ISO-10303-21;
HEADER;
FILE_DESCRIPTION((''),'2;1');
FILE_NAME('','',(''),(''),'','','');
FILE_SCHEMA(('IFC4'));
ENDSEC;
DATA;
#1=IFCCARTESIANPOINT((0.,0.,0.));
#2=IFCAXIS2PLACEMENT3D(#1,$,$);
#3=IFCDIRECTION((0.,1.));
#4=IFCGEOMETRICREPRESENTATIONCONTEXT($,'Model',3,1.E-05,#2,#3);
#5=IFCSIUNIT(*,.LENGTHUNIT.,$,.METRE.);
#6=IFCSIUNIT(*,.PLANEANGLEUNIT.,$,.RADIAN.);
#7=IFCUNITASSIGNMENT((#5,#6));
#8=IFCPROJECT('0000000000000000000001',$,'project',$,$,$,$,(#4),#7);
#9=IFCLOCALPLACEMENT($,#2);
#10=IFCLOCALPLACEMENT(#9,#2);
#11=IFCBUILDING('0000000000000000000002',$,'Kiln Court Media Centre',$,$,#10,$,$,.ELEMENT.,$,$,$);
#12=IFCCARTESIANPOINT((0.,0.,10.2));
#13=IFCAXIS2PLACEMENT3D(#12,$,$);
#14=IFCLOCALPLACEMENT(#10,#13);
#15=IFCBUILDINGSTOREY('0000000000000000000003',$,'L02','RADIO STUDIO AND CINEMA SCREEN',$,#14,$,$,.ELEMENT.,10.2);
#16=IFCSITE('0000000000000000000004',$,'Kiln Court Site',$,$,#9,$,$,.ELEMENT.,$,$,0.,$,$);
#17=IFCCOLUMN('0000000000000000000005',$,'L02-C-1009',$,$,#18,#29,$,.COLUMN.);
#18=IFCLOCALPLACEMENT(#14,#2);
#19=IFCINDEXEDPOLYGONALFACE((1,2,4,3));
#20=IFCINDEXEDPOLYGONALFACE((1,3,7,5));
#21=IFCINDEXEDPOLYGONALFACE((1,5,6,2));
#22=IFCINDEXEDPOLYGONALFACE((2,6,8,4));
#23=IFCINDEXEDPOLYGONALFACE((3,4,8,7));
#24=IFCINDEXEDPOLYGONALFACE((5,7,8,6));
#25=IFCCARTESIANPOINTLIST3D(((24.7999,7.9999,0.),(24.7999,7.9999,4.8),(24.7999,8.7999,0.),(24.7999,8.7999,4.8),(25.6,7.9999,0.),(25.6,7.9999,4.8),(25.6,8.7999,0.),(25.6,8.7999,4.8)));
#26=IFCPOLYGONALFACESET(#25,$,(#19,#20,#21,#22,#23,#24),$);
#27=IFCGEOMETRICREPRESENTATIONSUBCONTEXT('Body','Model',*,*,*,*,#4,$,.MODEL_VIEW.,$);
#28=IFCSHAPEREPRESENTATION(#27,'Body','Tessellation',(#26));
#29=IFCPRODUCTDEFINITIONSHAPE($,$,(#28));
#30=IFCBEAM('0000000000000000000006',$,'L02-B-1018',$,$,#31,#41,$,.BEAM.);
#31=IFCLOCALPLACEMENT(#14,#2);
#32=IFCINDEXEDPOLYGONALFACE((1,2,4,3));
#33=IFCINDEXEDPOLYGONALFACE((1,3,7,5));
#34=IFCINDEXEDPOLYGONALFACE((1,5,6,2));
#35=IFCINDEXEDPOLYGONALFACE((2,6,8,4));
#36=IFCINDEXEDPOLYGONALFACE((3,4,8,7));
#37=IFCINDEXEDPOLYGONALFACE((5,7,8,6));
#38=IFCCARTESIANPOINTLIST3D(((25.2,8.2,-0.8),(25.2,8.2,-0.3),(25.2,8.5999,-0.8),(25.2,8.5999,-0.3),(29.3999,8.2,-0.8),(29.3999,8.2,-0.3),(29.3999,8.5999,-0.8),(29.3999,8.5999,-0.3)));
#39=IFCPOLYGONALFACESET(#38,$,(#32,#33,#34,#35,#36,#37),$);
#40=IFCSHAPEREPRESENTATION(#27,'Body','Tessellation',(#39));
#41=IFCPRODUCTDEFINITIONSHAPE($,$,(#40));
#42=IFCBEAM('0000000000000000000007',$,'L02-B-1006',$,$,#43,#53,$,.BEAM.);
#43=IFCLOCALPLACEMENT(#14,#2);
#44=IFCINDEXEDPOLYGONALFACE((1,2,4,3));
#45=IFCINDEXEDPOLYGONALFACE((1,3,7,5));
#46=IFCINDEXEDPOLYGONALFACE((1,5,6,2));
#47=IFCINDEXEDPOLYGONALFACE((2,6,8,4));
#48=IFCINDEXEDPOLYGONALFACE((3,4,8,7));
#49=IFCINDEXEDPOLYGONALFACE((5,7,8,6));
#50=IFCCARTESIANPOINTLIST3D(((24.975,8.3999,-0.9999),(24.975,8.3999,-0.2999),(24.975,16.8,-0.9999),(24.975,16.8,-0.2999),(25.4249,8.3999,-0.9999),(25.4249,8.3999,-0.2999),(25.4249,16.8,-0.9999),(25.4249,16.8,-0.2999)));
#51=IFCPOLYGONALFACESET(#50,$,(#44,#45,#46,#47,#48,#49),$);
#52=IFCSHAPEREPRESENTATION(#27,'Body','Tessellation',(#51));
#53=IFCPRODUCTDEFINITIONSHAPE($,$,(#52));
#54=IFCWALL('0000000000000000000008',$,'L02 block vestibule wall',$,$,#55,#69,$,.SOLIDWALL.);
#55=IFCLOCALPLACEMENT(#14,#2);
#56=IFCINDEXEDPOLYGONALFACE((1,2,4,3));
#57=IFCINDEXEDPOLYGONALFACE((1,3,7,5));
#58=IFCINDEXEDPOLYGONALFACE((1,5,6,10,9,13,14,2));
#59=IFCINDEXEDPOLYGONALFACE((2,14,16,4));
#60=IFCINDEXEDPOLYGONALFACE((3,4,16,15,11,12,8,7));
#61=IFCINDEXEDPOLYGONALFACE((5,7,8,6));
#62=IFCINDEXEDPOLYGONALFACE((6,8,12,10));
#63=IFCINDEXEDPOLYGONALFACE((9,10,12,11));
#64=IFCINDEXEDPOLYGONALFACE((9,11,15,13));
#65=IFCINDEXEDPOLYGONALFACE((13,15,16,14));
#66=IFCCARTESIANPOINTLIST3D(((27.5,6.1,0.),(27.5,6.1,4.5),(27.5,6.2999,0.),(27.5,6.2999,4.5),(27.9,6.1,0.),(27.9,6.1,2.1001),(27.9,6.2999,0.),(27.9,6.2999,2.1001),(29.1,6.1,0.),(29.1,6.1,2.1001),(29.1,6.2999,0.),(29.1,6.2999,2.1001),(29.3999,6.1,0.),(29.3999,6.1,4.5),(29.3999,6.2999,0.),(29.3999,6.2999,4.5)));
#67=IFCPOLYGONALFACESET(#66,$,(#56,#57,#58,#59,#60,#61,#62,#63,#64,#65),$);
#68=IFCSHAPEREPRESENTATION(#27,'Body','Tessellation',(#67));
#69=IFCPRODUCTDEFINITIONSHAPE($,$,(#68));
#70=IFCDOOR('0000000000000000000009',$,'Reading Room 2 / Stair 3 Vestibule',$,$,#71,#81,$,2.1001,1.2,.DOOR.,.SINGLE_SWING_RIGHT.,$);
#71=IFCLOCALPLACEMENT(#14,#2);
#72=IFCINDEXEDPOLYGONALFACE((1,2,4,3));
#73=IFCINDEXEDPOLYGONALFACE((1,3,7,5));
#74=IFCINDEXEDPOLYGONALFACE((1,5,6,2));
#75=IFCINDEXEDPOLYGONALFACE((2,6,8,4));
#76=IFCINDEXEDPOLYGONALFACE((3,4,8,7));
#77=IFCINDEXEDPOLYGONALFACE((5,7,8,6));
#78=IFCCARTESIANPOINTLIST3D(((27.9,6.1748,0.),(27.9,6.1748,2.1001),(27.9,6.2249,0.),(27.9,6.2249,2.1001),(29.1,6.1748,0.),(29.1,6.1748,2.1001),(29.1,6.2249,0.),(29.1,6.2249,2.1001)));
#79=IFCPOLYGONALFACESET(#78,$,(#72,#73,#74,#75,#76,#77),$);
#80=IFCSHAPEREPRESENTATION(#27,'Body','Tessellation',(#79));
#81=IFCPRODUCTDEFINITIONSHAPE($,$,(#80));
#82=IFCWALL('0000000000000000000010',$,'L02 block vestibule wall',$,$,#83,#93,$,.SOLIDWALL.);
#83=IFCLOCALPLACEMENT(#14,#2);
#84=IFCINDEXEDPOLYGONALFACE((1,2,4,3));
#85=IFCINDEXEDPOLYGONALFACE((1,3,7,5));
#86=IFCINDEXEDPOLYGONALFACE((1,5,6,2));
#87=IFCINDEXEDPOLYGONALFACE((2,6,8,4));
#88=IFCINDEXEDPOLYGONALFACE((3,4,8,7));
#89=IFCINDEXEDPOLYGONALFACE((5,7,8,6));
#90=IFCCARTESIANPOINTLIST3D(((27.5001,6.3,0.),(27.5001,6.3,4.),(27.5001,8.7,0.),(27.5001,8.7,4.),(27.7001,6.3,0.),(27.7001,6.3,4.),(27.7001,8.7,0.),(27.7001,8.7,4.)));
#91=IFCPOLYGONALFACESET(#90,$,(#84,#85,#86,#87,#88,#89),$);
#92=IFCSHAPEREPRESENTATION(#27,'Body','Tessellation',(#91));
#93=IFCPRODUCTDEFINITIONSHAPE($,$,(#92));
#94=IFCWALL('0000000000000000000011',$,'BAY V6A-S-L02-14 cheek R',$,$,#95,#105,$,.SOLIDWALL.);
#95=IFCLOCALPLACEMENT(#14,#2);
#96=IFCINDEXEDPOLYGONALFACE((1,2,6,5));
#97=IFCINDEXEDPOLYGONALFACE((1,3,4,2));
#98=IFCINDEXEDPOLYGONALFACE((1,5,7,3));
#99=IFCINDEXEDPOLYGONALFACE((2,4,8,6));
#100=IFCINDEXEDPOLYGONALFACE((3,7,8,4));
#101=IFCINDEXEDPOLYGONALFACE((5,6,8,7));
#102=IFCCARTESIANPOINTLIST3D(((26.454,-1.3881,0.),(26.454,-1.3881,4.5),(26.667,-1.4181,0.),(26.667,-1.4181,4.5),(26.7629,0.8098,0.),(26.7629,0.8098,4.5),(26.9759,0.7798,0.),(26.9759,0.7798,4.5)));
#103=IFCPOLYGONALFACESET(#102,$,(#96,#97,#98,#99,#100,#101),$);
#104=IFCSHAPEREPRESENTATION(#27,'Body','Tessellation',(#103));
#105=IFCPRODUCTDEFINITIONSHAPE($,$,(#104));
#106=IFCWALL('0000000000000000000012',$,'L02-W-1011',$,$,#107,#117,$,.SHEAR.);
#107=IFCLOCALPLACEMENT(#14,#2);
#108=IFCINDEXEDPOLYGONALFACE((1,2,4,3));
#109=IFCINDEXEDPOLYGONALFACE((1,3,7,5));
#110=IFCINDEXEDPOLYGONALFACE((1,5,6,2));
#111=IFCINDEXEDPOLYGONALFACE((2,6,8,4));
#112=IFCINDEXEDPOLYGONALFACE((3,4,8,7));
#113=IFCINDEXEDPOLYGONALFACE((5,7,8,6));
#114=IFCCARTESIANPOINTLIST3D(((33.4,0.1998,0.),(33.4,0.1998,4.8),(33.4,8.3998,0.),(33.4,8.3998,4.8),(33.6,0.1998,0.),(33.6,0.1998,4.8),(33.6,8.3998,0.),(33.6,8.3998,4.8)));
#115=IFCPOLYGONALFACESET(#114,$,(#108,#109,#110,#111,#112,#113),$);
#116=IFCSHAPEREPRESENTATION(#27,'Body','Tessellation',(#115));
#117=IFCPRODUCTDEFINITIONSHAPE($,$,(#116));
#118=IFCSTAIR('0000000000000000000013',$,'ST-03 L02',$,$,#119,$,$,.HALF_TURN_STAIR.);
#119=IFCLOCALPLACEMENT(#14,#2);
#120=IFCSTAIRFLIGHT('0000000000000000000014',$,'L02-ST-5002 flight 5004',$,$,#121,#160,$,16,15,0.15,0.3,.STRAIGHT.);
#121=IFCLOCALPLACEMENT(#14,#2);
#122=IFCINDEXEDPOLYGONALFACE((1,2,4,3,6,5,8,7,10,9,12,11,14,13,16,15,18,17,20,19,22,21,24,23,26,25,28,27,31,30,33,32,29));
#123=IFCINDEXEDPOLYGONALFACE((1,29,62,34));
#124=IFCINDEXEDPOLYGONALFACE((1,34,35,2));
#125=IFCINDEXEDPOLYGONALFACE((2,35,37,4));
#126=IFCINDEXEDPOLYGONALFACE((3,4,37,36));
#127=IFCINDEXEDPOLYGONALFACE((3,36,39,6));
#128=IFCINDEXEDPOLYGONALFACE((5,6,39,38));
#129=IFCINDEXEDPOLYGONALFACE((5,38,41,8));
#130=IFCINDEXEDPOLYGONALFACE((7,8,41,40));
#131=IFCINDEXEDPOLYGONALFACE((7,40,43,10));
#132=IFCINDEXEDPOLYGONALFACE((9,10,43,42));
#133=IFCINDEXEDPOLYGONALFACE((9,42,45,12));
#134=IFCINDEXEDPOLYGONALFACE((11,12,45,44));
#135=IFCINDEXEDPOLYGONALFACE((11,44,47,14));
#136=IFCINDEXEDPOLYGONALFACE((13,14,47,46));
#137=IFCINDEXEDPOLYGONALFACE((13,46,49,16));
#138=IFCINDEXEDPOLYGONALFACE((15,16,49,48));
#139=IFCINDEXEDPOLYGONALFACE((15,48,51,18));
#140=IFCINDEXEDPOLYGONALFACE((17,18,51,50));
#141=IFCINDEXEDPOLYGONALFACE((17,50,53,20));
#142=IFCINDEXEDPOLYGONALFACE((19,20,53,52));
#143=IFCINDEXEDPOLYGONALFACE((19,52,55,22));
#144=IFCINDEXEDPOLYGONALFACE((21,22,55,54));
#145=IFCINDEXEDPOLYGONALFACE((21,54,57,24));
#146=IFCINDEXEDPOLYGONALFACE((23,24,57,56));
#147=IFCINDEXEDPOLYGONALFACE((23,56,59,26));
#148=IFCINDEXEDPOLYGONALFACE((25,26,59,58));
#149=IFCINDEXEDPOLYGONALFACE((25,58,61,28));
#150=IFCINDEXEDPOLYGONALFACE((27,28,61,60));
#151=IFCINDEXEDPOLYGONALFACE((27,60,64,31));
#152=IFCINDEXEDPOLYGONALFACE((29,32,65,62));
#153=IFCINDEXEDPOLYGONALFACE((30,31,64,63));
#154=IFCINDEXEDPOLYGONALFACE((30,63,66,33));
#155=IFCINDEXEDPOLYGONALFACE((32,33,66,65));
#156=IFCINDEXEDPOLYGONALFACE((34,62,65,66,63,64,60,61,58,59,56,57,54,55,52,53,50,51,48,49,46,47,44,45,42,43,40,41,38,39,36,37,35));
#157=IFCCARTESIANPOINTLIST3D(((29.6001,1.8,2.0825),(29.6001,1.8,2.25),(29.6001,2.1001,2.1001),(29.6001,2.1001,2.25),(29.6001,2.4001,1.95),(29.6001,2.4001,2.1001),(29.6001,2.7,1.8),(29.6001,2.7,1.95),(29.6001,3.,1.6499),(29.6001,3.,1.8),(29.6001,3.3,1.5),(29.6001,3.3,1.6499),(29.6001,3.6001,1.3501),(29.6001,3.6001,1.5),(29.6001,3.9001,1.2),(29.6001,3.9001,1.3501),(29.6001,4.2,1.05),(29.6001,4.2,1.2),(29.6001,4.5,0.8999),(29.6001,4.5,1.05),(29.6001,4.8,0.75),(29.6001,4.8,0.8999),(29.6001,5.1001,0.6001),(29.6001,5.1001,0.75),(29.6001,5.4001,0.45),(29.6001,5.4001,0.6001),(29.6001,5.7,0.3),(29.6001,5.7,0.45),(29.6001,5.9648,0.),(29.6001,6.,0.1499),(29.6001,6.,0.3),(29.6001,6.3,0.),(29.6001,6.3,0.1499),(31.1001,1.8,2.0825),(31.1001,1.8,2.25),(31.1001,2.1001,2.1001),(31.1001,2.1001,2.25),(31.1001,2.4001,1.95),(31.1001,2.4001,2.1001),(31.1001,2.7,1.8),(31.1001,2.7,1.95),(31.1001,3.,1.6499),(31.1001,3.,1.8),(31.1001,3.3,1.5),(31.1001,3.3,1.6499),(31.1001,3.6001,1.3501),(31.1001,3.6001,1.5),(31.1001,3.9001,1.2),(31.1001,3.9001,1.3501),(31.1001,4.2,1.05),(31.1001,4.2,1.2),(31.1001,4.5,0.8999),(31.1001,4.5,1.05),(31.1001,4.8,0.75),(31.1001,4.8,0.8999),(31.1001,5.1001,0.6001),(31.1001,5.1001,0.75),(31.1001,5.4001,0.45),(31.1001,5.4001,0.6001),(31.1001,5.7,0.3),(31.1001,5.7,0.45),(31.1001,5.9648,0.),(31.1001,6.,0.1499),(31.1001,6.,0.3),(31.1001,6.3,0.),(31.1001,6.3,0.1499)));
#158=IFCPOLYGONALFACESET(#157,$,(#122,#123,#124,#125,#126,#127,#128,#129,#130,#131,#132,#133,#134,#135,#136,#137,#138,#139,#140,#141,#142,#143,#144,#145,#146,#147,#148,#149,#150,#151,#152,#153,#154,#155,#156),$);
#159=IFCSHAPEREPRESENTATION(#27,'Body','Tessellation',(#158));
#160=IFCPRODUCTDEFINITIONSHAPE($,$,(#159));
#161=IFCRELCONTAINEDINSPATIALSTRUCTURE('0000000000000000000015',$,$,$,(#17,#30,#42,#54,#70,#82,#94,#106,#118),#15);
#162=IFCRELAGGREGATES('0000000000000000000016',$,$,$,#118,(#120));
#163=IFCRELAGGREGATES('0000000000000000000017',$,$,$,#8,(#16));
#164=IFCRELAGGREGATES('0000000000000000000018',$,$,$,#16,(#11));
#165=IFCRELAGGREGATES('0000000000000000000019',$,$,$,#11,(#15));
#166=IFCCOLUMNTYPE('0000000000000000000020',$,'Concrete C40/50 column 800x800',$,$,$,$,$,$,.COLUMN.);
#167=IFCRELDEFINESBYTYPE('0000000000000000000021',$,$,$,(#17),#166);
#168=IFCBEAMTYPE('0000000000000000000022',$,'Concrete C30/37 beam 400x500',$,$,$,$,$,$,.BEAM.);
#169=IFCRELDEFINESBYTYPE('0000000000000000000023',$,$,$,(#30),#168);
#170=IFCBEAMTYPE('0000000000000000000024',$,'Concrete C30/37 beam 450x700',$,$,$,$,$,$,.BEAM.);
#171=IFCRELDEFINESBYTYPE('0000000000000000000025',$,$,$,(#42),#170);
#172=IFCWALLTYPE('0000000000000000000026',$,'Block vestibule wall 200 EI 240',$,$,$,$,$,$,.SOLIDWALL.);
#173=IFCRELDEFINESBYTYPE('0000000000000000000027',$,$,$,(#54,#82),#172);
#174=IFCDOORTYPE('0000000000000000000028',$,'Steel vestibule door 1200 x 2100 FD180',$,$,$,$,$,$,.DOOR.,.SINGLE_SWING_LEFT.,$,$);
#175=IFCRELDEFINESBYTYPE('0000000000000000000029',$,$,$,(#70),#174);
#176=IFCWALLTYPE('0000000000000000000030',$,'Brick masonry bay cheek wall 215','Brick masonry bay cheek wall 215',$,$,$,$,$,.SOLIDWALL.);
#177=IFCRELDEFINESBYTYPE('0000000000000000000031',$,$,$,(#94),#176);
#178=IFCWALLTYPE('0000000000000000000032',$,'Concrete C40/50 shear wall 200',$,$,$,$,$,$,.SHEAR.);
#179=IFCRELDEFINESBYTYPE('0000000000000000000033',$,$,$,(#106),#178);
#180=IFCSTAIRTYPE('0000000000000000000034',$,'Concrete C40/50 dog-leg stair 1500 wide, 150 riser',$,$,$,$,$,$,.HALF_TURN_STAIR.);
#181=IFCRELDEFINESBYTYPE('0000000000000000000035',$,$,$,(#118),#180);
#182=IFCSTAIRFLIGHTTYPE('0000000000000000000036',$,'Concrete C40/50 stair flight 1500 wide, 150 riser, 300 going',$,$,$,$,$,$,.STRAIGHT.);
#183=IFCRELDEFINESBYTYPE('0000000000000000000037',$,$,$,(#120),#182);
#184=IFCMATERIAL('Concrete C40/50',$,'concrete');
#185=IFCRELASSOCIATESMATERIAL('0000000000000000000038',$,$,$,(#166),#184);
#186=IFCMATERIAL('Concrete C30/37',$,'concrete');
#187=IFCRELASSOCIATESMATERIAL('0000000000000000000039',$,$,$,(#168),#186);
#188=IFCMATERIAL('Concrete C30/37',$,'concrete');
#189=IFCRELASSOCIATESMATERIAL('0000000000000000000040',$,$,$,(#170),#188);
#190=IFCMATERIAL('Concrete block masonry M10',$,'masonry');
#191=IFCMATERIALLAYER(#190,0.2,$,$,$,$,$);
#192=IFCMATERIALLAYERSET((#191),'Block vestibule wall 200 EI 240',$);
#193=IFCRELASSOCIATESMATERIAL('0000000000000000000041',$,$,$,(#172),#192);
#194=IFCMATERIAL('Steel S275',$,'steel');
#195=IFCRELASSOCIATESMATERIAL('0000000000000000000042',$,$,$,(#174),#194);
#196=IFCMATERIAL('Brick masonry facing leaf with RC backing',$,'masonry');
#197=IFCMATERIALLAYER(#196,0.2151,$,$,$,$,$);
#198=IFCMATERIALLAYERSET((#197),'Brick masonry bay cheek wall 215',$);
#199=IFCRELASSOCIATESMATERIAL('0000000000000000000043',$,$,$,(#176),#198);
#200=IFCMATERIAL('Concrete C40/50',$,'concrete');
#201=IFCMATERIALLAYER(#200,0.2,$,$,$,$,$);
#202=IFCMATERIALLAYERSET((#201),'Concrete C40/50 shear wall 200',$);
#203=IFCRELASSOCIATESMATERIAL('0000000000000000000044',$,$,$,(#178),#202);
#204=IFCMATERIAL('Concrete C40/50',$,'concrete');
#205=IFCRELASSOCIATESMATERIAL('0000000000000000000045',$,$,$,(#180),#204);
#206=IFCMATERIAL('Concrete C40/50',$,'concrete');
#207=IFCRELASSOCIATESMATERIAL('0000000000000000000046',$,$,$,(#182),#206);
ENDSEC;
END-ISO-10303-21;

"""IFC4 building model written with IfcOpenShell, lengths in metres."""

from ifc_helpers import new_model, si_unit, direction, frame, frame_2d, origin, origin_2d, place, context, subcontext, project, spatial, polyline, rectangle, outline, extrude, material, layer, layer_set, material_profile, profile_set, type_object, element, fill, aggregate, save


model = new_model("IFC4")

# Units and contexts
model_context = context("Model", 3, precision=1e-05, world=origin(), true_north=direction((0.0, 1.0)))
body_context = subcontext(model_context, "Body", "Model", "MODEL_VIEW")
ifc_project = project(units=[si_unit("LENGTHUNIT", "METRE"), si_unit("PLANEANGLEUNIT", "RADIAN")], contexts=[model_context])

# Site, building, storey
site_placement = place(None, origin())
site = spatial("IfcSite", under=ifc_project, at=site_placement, Name="Kiln Court Site", CompositionType="ELEMENT", RefElevation=0.0)
building_placement = place(site_placement, origin())
building = spatial("IfcBuilding", under=site, at=building_placement, Name="Kiln Court Media Centre", CompositionType="ELEMENT")
storey_placement = place(building_placement, frame((0.0, 0.0, 10.2)))
storey = spatial("IfcBuildingStorey", under=building, at=storey_placement, Name="L02", Description="RADIO STUDIO AND CINEMA SCREEN", CompositionType="ELEMENT", Elevation=10.2)

# Column
ifc_material_1 = material(Name="Concrete C40/50", Category="concrete")
ifc_material_profile_1 = material_profile(ifc_material_1, rectangle(XDim=0.8, YDim=0.8, at=origin_2d()), Name="RC 800x800")
ifc_profile_set_1 = profile_set([ifc_material_profile_1], Name="Concrete C40/50")
column_type = type_object("IfcColumnType", Name="Concrete C40/50 column 800x800", PredefinedType="COLUMN", material=ifc_profile_set_1)
column_placement = place(storey_placement, frame((25.2, 8.3999, 0.0), z_axis=(0.0, 0.0, 1.0), x_axis=(1.0, 0.0, 0.0)))
element("IfcColumn", 1, at=column_placement, inside=storey, type_object=column_type, Name="L02-C-1009", PredefinedType="COLUMN", context=body_context, shape_type="SweptSolid", body=[
    extrude(rectangle(XDim=0.8, YDim=0.8, at=origin_2d()), origin(), (0.0, 0.0, 1.0), 4.8),
])

# Beams
ifc_material_2 = material(Name="Concrete C30/37", Category="concrete")
ifc_material_profile_2 = material_profile(ifc_material_2, rectangle(XDim=0.3999, YDim=0.5, at=origin_2d()), Name="RC 400x500")
ifc_profile_set_2 = profile_set([ifc_material_profile_2], Name="Concrete C30/37")
beam_type_1 = type_object("IfcBeamType", Name="Concrete C30/37 beam 400x500", PredefinedType="BEAM", material=ifc_profile_set_2)
beam_1_placement = place(storey_placement, frame((25.2, 8.3999, -0.55), z_axis=(1.0, 0.0, 0.0), x_axis=(0.0, 1.0, 0.0)))
element("IfcBeam", 2, at=beam_1_placement, inside=storey, type_object=beam_type_1, Name="L02-B-1018", PredefinedType="BEAM", context=body_context, shape_type="SweptSolid", body=[
    extrude(rectangle(XDim=0.3999, YDim=0.5, at=origin_2d()), origin(), (0.0, 0.0, 1.0), 4.2),
])
ifc_material_3 = material(Name="Concrete C30/37", Category="concrete")
ifc_material_profile_3 = material_profile(ifc_material_3, rectangle(XDim=0.45, YDim=0.7, at=origin_2d()), Name="RC 450x700")
ifc_profile_set_3 = profile_set([ifc_material_profile_3], Name="Concrete C30/37")
beam_type_2 = type_object("IfcBeamType", Name="Concrete C30/37 beam 450x700", PredefinedType="BEAM", material=ifc_profile_set_3)
beam_2_placement = place(storey_placement, frame((25.2, 8.3999, -0.6499), z_axis=(0.0, 1.0, 0.0), x_axis=(-1.0, 0.0, 0.0)))
element("IfcBeam", 3, at=beam_2_placement, inside=storey, type_object=beam_type_2, Name="L02-B-1006", PredefinedType="BEAM", context=body_context, shape_type="SweptSolid", body=[
    extrude(rectangle(XDim=0.45, YDim=0.7, at=origin_2d()), origin(), (0.0, 0.0, 1.0), 8.4001),
])

# Wall, opening, door
ifc_material_4 = material(Name="Concrete block masonry M10", Category="masonry")
ifc_layer_1 = layer(ifc_material_4, 0.2)
ifc_layer_set_1 = layer_set([ifc_layer_1], Name="Block vestibule wall 200 EI 240")
wall_type_1 = type_object("IfcWallType", Name="Block vestibule wall 200 EI 240", PredefinedType="SOLIDWALL", material=ifc_layer_set_1)
wall_1_placement = place(storey_placement, frame((27.5, 6.2, 0.0), z_axis=(0.0, 0.0, 1.0), x_axis=(1.0, 0.0, 0.0)))
wall_1 = element("IfcWall", 4, at=wall_1_placement, inside=storey, type_object=wall_type_1, Name="L02 block vestibule wall", PredefinedType="SOLIDWALL", context=body_context, shape_type="SweptSolid", body=[
    extrude(rectangle(XDim=1.8999, YDim=0.2, at=frame_2d((0.95, 0.0))), origin(), (0.0, 0.0, 1.0), 4.5),
])
opening_placement = place(wall_1_placement, frame((0.3999, 0.0, 0.0)))
opening = element("IfcOpeningElement", 5, at=opening_placement, cuts=wall_1, PredefinedType="OPENING", context=body_context, shape_type="SweptSolid", body=[
    extrude(rectangle(XDim=1.2, YDim=2.1001, at=frame_2d((0.6001, 1.05))), frame((0.0, 0.1099, 0.0), z_axis=(0.0, -1.0, 0.0), x_axis=(1.0, 0.0, 0.0)), (0.0, 0.0, 1.0), 0.22),
])
ifc_material_5 = material(Name="Steel S275", Category="steel")
door_type = type_object("IfcDoorType", Name="Steel vestibule door 1200 x 2100 FD180", OperationType="SINGLE_SWING_LEFT", PredefinedType="DOOR", material=ifc_material_5)
door_placement = place(opening_placement, origin())
door = element("IfcDoor", 6, at=door_placement, inside=storey, type_object=door_type, Name="Reading Room 2 / Stair 3 Vestibule", OperationType="SINGLE_SWING_RIGHT", OverallHeight=2.1001, OverallWidth=1.2, PredefinedType="DOOR", context=body_context, shape_type="SweptSolid", body=[
    extrude(rectangle(XDim=1.2, YDim=2.1001, at=frame_2d((0.6001, 1.05))), frame((0.0, 0.0249, 0.0), z_axis=(0.0, -1.0, 0.0), x_axis=(1.0, 0.0, 0.0)), (0.0, 0.0, 1.0), 0.05),
])
fill(opening, door)

# Walls
wall_2_placement = place(storey_placement, frame((27.6001, 6.3, 0.0), z_axis=(0.0, 0.0, 1.0), x_axis=(0.0, 1.0, 0.0)))
element("IfcWall", 7, at=wall_2_placement, inside=storey, type_object=wall_type_1, Name="L02 block vestibule wall", PredefinedType="SOLIDWALL", context=body_context, shape_type="SweptSolid", body=[
    extrude(rectangle(XDim=2.3999, YDim=0.2, at=frame_2d((1.2, 0.0))), origin(), (0.0, 0.0, 1.0), 4.0),
])
ifc_material_6 = material(Name="Brick masonry facing leaf with RC backing", Category="masonry")
ifc_layer_2 = layer(ifc_material_6, 0.2151)
ifc_layer_set_2 = layer_set([ifc_layer_2], Name="Brick masonry bay cheek wall 215")
wall_type_2 = type_object("IfcWallType", Name="Brick masonry bay cheek wall 215", Description="Brick masonry bay cheek wall 215", PredefinedType="SOLIDWALL", material=ifc_layer_set_2)
wall_3_placement = place(storey_placement, frame((26.8694, 0.7949, 0.0), z_axis=(0.0, 0.0, 1.0), x_axis=(-0.139142, -0.990272, 0.0)))
element("IfcWall", 8, at=wall_3_placement, inside=storey, type_object=wall_type_2, Name="BAY V6A-S-L02-14 cheek R", PredefinedType="SOLIDWALL", context=body_context, shape_type="SweptSolid", body=[
    extrude(rectangle(XDim=2.2195, YDim=0.2151, at=frame_2d((1.1099, 0.0))), origin(), (0.0, 0.0, 1.0), 4.5),
])
ifc_material_7 = material(Name="Concrete C40/50", Category="concrete")
ifc_layer_3 = layer(ifc_material_7, 0.2)
ifc_layer_set_3 = layer_set([ifc_layer_3], Name="Concrete C40/50 shear wall 200")
wall_type_3 = type_object("IfcWallType", Name="Concrete C40/50 shear wall 200", PredefinedType="SHEAR", material=ifc_layer_set_3)
wall_4_placement = place(storey_placement, frame((33.5, 8.3999, 0.0), z_axis=(0.0, 0.0, 1.0), x_axis=(0.0, -1.0, 0.0)))
element("IfcWall", 9, at=wall_4_placement, inside=storey, type_object=wall_type_3, Name="L02-W-1011", PredefinedType="SHEAR", context=body_context, shape_type="SweptSolid", body=[
    extrude(rectangle(XDim=8.2, YDim=0.2, at=frame_2d((4.1001, 0.0))), origin(), (0.0, 0.0, 1.0), 4.8),
])

# Stair, stair flight
ifc_material_8 = material(Name="Concrete C40/50", Category="concrete")
stair_type = type_object("IfcStairType", Name="Concrete C40/50 dog-leg stair 1500 wide, 150 riser", PredefinedType="HALF_TURN_STAIR", material=ifc_material_8)
stair_placement = place(storey_placement, origin())
stair = element("IfcStair", 10, at=stair_placement, inside=storey, type_object=stair_type, Name="ST-03 L02", PredefinedType="HALF_TURN_STAIR")
ifc_material_9 = material(Name="Concrete C40/50", Category="concrete")
stair_flight_type = type_object("IfcStairFlightType", Name="Concrete C40/50 stair flight 1500 wide, 150 riser, 300 going", PredefinedType="STRAIGHT", material=ifc_material_9)
stair_flight_1_placement = place(storey_placement, frame((30.3501, 6.3, 0.0), z_axis=(0.0, 0.0, 1.0), x_axis=(0.0, -1.0, 0.0)))
stair_flight_1 = element("IfcStairFlight", 11, at=stair_flight_1_placement, type_object=stair_flight_type, Name="L02-ST-5002 flight 5004", NumberOfRisers=16, NumberOfTreads=15, PredefinedType="STRAIGHT", RiserHeight=0.15, TreadLength=0.3, context=body_context, shape_type="SweptSolid", body=[
    extrude(outline(polyline([(0.0, 0.0), (0.0, 0.1499), (0.3, 0.1499), (0.3, 0.3), (0.6001, 0.3), (0.6001, 0.45), (0.8999, 0.45), (0.8999, 0.6001), (1.2, 0.6001), (1.2, 0.75), (1.5, 0.75), (1.5, 0.8999), (1.8, 0.8999), (1.8, 1.05), (2.1001, 1.05), (2.1001, 1.2), (2.3999, 1.2), (2.3999, 1.3501), (2.7, 1.3501), (2.7, 1.5), (3.0, 1.5), (3.0, 1.6499), (3.3, 1.6499), (3.3, 1.8), (3.6001, 1.8), (3.6001, 1.95), (3.8999, 1.95), (3.8999, 2.1001), (4.2, 2.1001), (4.2, 2.25), (4.5, 2.25), (4.5, 2.3999), (4.5, 2.0825), (0.3352, 0.0), (0.0, 0.0)])), frame((0.0, 0.75, 0.0), z_axis=(0.0, -1.0, 0.0), x_axis=(1.0, 0.0, 0.0)), (0.0, 0.0, 1.0), 1.5),
])
aggregate(stair, [stair_flight_1])

save(model, "model.ifc")
